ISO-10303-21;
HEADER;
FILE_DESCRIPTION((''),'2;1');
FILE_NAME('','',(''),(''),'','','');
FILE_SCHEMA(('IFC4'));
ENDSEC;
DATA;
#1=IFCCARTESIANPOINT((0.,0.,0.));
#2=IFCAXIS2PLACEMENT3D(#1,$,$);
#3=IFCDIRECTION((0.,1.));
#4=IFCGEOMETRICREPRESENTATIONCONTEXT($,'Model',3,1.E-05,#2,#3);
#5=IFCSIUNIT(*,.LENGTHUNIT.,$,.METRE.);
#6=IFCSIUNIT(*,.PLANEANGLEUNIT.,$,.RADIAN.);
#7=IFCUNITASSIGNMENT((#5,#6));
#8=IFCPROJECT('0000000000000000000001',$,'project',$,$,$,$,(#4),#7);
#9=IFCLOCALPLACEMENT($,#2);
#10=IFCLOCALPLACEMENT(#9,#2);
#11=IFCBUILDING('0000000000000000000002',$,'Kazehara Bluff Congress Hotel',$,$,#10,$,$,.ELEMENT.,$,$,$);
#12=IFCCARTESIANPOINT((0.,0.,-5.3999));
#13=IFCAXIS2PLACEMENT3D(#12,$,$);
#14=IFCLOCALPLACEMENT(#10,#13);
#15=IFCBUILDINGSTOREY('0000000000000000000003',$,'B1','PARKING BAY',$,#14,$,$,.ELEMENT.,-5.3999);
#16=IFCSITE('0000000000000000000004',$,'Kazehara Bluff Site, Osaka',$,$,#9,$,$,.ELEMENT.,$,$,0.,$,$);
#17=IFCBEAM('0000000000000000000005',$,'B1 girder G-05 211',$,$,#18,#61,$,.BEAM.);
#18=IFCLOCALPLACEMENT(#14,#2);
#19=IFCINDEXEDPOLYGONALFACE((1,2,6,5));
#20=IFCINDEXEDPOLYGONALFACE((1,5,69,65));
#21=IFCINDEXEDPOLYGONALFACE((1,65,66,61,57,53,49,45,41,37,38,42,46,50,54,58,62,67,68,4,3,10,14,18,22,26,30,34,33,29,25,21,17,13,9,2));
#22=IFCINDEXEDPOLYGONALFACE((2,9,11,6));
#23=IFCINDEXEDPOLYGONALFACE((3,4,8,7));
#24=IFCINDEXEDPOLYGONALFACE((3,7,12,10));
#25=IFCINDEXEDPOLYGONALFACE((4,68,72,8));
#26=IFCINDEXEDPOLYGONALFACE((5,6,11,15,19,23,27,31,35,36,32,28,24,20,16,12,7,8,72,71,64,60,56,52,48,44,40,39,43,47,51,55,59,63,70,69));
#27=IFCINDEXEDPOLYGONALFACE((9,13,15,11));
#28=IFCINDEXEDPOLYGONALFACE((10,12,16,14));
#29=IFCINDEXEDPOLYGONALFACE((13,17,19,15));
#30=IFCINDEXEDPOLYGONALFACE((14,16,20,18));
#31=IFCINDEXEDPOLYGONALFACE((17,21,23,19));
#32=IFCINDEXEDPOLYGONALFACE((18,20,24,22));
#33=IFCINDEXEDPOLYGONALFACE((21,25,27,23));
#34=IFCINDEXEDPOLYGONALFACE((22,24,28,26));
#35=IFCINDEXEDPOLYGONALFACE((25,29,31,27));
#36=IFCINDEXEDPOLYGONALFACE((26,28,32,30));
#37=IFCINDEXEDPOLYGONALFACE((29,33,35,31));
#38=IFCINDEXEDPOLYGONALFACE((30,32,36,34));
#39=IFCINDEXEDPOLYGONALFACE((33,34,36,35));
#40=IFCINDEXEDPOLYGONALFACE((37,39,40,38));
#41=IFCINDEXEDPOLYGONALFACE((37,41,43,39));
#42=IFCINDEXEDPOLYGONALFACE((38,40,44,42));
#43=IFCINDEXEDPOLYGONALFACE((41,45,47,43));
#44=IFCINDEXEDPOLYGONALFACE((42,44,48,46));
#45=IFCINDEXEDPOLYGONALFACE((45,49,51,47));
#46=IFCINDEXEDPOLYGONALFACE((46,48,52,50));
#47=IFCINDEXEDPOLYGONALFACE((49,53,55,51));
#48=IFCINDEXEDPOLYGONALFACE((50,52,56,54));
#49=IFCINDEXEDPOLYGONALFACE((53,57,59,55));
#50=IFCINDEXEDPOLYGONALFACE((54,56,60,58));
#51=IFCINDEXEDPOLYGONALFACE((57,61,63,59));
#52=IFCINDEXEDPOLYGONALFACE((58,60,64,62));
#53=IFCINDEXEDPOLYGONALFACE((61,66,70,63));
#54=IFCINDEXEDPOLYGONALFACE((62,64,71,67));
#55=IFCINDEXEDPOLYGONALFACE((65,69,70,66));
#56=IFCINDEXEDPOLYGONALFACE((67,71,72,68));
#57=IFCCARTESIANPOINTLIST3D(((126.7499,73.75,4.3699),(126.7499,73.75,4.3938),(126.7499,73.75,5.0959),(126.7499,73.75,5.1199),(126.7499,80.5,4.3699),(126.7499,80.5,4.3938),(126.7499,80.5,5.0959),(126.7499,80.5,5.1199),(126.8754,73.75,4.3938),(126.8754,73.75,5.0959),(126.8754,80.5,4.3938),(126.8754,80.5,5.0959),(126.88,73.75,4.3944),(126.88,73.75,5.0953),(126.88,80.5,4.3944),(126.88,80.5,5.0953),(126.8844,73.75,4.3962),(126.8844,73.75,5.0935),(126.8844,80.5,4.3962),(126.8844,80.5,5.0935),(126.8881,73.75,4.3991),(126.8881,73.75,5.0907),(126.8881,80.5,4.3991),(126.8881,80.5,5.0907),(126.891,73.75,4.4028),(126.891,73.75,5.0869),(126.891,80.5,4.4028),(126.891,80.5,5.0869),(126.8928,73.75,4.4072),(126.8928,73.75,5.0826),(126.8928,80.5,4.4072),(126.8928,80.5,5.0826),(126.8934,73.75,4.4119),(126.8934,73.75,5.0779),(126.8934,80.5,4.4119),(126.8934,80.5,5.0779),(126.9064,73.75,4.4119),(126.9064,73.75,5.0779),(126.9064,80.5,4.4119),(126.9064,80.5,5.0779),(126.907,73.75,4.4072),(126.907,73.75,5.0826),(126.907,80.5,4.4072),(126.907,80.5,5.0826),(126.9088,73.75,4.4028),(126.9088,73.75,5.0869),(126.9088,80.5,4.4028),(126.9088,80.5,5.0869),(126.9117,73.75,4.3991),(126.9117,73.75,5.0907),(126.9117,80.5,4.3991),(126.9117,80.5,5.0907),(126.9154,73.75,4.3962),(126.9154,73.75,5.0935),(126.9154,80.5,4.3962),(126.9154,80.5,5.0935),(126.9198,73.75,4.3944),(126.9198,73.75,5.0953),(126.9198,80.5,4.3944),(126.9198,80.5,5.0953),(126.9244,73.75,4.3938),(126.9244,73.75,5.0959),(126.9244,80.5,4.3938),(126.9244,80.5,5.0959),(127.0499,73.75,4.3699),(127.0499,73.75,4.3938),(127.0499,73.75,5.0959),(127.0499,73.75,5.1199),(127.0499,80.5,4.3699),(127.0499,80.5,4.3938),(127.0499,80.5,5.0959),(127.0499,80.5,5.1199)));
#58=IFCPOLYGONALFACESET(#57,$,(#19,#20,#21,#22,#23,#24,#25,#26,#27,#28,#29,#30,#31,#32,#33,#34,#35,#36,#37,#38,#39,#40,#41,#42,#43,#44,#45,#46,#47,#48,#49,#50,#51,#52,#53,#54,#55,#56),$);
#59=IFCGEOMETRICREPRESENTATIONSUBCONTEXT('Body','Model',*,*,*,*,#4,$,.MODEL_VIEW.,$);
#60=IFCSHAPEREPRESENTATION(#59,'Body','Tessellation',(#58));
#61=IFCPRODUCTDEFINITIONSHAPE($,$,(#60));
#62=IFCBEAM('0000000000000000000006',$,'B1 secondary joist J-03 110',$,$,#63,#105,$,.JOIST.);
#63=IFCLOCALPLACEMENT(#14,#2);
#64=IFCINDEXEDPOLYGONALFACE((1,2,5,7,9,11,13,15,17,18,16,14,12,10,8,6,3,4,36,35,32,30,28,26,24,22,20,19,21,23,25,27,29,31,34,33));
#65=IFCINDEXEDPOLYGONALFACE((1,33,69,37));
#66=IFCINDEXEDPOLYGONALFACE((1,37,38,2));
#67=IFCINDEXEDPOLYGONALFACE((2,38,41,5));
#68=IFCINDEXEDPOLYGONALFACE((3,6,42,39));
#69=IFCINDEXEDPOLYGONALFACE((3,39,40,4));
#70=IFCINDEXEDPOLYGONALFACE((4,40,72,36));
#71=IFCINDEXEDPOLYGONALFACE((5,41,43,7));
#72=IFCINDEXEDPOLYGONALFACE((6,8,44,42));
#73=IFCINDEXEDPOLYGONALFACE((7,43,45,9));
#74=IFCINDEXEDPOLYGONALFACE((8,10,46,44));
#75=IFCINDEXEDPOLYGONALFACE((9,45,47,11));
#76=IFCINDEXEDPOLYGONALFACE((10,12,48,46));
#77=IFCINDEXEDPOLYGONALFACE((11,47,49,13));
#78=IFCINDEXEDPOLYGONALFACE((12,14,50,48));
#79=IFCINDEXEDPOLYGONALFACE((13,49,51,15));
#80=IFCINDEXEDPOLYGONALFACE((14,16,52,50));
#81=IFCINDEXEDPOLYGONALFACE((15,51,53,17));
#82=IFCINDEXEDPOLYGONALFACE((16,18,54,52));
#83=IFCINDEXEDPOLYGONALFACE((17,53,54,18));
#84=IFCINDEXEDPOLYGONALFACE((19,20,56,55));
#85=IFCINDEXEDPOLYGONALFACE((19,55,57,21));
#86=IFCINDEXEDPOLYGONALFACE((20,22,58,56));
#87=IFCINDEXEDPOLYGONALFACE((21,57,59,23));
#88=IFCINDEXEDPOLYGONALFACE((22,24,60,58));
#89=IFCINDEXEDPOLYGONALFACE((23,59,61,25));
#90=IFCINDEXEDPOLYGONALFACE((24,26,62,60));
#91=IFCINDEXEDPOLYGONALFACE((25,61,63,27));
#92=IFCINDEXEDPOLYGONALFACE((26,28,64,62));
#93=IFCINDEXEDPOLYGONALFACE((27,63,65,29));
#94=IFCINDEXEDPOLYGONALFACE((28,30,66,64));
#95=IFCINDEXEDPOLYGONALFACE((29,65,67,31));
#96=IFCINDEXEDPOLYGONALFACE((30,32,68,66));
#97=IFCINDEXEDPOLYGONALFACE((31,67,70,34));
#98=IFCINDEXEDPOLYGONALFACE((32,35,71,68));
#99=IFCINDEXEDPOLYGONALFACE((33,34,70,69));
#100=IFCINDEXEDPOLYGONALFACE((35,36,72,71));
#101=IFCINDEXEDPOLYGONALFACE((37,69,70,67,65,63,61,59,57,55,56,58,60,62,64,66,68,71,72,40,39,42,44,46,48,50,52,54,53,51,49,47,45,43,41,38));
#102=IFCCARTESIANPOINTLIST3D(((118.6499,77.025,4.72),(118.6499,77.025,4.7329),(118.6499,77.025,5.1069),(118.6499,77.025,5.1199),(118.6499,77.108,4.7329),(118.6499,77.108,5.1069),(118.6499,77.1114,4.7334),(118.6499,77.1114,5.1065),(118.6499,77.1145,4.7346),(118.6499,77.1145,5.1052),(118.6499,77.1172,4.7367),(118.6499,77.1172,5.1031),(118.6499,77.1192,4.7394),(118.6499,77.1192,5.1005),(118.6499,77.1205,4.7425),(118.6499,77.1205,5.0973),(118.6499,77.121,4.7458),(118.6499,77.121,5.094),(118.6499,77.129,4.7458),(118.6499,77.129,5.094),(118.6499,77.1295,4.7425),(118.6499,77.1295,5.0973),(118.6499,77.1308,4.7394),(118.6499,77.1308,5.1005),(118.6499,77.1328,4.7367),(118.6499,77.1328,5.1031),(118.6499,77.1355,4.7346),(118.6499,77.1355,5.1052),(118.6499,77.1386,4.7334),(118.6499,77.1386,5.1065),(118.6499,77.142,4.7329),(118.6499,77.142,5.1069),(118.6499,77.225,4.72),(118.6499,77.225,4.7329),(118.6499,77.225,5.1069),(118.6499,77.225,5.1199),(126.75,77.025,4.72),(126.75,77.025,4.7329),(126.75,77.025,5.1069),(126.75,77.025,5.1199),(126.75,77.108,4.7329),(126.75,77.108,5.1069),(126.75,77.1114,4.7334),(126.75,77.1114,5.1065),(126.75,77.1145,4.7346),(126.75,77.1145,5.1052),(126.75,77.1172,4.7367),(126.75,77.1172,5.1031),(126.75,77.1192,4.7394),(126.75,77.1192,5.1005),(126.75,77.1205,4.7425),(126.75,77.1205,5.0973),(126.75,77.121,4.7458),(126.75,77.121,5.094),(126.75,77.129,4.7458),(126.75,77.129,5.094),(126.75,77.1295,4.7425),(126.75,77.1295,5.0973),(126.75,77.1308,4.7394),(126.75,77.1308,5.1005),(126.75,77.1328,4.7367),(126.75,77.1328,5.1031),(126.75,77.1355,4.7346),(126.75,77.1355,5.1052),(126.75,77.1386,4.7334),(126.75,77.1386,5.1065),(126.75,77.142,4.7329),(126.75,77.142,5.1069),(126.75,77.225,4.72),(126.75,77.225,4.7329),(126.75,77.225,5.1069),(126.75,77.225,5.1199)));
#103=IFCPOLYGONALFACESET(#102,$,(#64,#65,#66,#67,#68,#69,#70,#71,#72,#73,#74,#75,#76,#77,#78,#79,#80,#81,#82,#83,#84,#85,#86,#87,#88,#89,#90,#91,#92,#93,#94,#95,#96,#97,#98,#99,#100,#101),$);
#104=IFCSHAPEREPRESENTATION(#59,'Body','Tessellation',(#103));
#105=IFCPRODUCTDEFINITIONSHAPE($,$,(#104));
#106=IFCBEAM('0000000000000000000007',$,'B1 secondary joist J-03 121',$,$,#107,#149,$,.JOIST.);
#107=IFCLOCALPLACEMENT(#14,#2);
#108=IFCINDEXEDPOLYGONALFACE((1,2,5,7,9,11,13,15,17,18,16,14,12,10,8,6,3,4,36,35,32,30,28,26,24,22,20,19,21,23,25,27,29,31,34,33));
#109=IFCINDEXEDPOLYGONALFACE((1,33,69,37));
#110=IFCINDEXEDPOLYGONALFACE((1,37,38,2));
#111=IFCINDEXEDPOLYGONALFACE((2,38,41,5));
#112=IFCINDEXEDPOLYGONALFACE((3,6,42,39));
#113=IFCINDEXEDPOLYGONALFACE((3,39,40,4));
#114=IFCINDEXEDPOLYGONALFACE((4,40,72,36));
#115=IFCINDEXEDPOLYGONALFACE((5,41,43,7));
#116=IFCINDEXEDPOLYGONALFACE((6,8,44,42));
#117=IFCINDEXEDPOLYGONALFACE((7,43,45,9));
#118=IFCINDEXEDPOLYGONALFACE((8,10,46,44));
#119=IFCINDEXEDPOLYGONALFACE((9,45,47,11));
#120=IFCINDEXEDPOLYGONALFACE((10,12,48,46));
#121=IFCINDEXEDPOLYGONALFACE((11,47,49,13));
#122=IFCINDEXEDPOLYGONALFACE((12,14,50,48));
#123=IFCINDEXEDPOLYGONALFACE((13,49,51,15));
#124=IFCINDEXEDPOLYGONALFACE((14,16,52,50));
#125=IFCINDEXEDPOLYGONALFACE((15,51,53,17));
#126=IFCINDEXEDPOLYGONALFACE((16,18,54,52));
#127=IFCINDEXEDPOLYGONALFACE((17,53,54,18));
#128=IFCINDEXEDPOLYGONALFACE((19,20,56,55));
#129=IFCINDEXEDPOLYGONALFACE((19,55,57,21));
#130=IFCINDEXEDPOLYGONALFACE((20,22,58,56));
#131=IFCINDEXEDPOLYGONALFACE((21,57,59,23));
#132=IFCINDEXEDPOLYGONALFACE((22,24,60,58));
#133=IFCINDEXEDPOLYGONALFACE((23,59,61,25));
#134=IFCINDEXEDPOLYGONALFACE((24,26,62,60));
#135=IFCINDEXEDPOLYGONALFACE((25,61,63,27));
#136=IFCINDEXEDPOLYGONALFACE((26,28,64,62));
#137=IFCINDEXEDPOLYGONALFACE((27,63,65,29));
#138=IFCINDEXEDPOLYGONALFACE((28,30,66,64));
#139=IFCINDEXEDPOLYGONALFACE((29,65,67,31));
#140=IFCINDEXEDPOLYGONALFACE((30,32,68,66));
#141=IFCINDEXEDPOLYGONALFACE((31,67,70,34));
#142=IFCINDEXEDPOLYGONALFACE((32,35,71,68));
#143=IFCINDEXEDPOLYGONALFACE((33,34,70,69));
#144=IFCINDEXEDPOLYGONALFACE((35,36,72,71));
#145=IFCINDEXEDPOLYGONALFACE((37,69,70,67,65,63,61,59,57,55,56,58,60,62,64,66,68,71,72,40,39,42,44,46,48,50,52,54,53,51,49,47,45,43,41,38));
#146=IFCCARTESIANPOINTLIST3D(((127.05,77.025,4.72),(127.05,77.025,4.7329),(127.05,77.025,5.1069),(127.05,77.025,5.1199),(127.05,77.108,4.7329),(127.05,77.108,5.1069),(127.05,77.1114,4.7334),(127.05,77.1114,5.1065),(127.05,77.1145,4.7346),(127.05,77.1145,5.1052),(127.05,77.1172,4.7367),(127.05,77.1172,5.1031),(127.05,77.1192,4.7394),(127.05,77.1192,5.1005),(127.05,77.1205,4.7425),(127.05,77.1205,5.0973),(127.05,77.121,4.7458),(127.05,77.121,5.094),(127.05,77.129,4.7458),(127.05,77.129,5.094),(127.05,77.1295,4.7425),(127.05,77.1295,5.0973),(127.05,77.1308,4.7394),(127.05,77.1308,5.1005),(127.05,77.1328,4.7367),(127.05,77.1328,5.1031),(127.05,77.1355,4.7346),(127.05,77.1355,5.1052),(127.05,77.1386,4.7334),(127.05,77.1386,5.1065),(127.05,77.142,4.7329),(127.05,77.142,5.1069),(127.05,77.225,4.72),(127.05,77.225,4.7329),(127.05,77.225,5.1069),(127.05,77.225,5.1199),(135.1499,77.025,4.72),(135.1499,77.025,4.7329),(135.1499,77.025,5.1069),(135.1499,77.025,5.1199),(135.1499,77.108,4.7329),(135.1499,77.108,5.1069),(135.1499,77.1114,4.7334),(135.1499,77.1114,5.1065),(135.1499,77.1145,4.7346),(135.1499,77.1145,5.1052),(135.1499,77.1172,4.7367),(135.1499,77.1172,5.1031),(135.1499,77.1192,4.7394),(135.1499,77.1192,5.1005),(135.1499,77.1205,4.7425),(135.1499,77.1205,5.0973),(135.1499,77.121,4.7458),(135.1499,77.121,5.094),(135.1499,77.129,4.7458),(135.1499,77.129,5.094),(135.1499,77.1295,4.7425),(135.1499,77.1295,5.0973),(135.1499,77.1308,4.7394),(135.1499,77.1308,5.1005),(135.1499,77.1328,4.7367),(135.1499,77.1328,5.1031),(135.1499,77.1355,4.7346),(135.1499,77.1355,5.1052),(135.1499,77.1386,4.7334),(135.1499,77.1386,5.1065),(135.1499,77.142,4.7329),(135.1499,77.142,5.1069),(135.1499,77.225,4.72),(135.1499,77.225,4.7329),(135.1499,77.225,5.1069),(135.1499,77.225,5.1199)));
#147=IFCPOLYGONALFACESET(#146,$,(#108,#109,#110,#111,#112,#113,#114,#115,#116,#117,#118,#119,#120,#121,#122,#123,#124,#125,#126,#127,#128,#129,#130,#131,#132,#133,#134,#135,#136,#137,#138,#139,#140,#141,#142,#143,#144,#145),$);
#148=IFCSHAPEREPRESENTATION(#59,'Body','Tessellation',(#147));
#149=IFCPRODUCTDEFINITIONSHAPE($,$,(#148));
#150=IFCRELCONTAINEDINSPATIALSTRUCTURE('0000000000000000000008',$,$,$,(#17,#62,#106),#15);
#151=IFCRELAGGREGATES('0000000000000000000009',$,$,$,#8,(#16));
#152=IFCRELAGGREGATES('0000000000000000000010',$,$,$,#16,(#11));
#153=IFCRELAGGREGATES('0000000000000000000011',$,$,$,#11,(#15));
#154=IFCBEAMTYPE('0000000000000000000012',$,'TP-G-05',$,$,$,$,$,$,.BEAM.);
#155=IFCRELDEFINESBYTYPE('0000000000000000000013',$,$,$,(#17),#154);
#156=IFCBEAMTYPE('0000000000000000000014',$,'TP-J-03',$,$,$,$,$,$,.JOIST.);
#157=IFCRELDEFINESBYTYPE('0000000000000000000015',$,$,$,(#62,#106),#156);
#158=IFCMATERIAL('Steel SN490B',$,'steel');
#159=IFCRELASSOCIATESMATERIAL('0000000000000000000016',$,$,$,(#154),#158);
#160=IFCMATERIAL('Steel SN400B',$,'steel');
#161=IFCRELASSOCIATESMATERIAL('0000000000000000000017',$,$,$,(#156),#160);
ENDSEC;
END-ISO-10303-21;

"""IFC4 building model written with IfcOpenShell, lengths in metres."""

from ifc_helpers import new_model, si_unit, direction, frame, origin, origin_2d, place, context, subcontext, project, spatial, i_section, extrude, material, material_profile, profile_set, type_object, element, save


model = new_model("IFC4")

# Units and contexts
model_context = context("Model", 3, precision=1e-05, world=origin(), true_north=direction((0.0, 1.0)))
body_context = subcontext(model_context, "Body", "Model", "MODEL_VIEW")
ifc_project = project(units=[si_unit("LENGTHUNIT", "METRE"), si_unit("PLANEANGLEUNIT", "RADIAN")], contexts=[model_context])

# Site, building, storey
site_placement = place(None, origin())
site = spatial("IfcSite", under=ifc_project, at=site_placement, Name="Kazehara Bluff Site, Osaka", CompositionType="ELEMENT", RefElevation=0.0)
building_placement = place(site_placement, origin())
building = spatial("IfcBuilding", under=site, at=building_placement, Name="Kazehara Bluff Congress Hotel", CompositionType="ELEMENT")
storey_placement = place(building_placement, frame((0.0, 0.0, -5.3999)))
storey = spatial("IfcBuildingStorey", under=building, at=storey_placement, Name="B1", Description="PARKING BAY", CompositionType="ELEMENT", Elevation=-5.3999)

# Beams
ifc_material_1 = material(Name="Steel SN490B", Category="steel")
ifc_material_profile_1 = material_profile(ifc_material_1, i_section(OverallWidth=0.3, OverallDepth=0.75, WebThickness=0.0129, FlangeThickness=0.0239, FilletRadius=0.0181, at=origin_2d()))
ifc_profile_set_1 = profile_set([ifc_material_profile_1], Name="Steel SN490B")
beam_type_1 = type_object("IfcBeamType", Name="TP-G-05", PredefinedType="BEAM", material=ifc_profile_set_1)
for number, where, z_axis, x_axis, name in (
    (1, (126.8999, 73.75, 4.7449), (0.0, 1.0, 0.0), (-1.0, 0.0, 0.0), "B1 girder G-05 211"),
):
    element("IfcBeam", number, at=place(storey_placement, frame(where, z_axis=z_axis, x_axis=x_axis)), inside=storey, type_object=beam_type_1, Name=name, PredefinedType="BEAM", context=body_context, shape_type="SweptSolid", body=[
        extrude(i_section(OverallWidth=0.3, OverallDepth=0.75, WebThickness=0.0129, FlangeThickness=0.0239, FilletRadius=0.0181, at=origin_2d()), origin(), (0.0, 0.0, 1.0), 6.75),
    ])
ifc_material_2 = material(Name="Steel SN400B", Category="steel")
ifc_material_profile_2 = material_profile(ifc_material_2, i_section(OverallWidth=0.2, OverallDepth=0.3999, WebThickness=0.0081, FlangeThickness=0.0129, FilletRadius=0.0129, at=origin_2d()))
ifc_profile_set_2 = profile_set([ifc_material_profile_2], Name="Steel SN400B")
beam_type_2 = type_object("IfcBeamType", Name="TP-J-03", PredefinedType="JOIST", material=ifc_profile_set_2)
beam_1_placement = place(storey_placement, frame((118.6499, 77.125, 4.9199), z_axis=(1.0, 0.0, 0.0), x_axis=(0.0, 1.0, 0.0)))
element("IfcBeam", 2, at=beam_1_placement, inside=storey, type_object=beam_type_2, Name="B1 secondary joist J-03 110", PredefinedType="JOIST", context=body_context, shape_type="SweptSolid", body=[
    extrude(i_section(OverallWidth=0.2, OverallDepth=0.3999, WebThickness=0.0081, FlangeThickness=0.0129, FilletRadius=0.0129, at=origin_2d()), origin(), (0.0, 0.0, 1.0), 8.1001),
])
beam_2_placement = place(storey_placement, frame((127.05, 77.125, 4.9199), z_axis=(1.0, 0.0, 0.0), x_axis=(0.0, 1.0, 0.0)))
element("IfcBeam", 3, at=beam_2_placement, inside=storey, type_object=beam_type_2, Name="B1 secondary joist J-03 121", PredefinedType="JOIST", context=body_context, shape_type="SweptSolid", body=[
    extrude(i_section(OverallWidth=0.2, OverallDepth=0.3999, WebThickness=0.0081, FlangeThickness=0.0129, FilletRadius=0.0129, at=origin_2d()), origin(), (0.0, 0.0, 1.0), 8.0999),
])

save(model, "model.ifc")
